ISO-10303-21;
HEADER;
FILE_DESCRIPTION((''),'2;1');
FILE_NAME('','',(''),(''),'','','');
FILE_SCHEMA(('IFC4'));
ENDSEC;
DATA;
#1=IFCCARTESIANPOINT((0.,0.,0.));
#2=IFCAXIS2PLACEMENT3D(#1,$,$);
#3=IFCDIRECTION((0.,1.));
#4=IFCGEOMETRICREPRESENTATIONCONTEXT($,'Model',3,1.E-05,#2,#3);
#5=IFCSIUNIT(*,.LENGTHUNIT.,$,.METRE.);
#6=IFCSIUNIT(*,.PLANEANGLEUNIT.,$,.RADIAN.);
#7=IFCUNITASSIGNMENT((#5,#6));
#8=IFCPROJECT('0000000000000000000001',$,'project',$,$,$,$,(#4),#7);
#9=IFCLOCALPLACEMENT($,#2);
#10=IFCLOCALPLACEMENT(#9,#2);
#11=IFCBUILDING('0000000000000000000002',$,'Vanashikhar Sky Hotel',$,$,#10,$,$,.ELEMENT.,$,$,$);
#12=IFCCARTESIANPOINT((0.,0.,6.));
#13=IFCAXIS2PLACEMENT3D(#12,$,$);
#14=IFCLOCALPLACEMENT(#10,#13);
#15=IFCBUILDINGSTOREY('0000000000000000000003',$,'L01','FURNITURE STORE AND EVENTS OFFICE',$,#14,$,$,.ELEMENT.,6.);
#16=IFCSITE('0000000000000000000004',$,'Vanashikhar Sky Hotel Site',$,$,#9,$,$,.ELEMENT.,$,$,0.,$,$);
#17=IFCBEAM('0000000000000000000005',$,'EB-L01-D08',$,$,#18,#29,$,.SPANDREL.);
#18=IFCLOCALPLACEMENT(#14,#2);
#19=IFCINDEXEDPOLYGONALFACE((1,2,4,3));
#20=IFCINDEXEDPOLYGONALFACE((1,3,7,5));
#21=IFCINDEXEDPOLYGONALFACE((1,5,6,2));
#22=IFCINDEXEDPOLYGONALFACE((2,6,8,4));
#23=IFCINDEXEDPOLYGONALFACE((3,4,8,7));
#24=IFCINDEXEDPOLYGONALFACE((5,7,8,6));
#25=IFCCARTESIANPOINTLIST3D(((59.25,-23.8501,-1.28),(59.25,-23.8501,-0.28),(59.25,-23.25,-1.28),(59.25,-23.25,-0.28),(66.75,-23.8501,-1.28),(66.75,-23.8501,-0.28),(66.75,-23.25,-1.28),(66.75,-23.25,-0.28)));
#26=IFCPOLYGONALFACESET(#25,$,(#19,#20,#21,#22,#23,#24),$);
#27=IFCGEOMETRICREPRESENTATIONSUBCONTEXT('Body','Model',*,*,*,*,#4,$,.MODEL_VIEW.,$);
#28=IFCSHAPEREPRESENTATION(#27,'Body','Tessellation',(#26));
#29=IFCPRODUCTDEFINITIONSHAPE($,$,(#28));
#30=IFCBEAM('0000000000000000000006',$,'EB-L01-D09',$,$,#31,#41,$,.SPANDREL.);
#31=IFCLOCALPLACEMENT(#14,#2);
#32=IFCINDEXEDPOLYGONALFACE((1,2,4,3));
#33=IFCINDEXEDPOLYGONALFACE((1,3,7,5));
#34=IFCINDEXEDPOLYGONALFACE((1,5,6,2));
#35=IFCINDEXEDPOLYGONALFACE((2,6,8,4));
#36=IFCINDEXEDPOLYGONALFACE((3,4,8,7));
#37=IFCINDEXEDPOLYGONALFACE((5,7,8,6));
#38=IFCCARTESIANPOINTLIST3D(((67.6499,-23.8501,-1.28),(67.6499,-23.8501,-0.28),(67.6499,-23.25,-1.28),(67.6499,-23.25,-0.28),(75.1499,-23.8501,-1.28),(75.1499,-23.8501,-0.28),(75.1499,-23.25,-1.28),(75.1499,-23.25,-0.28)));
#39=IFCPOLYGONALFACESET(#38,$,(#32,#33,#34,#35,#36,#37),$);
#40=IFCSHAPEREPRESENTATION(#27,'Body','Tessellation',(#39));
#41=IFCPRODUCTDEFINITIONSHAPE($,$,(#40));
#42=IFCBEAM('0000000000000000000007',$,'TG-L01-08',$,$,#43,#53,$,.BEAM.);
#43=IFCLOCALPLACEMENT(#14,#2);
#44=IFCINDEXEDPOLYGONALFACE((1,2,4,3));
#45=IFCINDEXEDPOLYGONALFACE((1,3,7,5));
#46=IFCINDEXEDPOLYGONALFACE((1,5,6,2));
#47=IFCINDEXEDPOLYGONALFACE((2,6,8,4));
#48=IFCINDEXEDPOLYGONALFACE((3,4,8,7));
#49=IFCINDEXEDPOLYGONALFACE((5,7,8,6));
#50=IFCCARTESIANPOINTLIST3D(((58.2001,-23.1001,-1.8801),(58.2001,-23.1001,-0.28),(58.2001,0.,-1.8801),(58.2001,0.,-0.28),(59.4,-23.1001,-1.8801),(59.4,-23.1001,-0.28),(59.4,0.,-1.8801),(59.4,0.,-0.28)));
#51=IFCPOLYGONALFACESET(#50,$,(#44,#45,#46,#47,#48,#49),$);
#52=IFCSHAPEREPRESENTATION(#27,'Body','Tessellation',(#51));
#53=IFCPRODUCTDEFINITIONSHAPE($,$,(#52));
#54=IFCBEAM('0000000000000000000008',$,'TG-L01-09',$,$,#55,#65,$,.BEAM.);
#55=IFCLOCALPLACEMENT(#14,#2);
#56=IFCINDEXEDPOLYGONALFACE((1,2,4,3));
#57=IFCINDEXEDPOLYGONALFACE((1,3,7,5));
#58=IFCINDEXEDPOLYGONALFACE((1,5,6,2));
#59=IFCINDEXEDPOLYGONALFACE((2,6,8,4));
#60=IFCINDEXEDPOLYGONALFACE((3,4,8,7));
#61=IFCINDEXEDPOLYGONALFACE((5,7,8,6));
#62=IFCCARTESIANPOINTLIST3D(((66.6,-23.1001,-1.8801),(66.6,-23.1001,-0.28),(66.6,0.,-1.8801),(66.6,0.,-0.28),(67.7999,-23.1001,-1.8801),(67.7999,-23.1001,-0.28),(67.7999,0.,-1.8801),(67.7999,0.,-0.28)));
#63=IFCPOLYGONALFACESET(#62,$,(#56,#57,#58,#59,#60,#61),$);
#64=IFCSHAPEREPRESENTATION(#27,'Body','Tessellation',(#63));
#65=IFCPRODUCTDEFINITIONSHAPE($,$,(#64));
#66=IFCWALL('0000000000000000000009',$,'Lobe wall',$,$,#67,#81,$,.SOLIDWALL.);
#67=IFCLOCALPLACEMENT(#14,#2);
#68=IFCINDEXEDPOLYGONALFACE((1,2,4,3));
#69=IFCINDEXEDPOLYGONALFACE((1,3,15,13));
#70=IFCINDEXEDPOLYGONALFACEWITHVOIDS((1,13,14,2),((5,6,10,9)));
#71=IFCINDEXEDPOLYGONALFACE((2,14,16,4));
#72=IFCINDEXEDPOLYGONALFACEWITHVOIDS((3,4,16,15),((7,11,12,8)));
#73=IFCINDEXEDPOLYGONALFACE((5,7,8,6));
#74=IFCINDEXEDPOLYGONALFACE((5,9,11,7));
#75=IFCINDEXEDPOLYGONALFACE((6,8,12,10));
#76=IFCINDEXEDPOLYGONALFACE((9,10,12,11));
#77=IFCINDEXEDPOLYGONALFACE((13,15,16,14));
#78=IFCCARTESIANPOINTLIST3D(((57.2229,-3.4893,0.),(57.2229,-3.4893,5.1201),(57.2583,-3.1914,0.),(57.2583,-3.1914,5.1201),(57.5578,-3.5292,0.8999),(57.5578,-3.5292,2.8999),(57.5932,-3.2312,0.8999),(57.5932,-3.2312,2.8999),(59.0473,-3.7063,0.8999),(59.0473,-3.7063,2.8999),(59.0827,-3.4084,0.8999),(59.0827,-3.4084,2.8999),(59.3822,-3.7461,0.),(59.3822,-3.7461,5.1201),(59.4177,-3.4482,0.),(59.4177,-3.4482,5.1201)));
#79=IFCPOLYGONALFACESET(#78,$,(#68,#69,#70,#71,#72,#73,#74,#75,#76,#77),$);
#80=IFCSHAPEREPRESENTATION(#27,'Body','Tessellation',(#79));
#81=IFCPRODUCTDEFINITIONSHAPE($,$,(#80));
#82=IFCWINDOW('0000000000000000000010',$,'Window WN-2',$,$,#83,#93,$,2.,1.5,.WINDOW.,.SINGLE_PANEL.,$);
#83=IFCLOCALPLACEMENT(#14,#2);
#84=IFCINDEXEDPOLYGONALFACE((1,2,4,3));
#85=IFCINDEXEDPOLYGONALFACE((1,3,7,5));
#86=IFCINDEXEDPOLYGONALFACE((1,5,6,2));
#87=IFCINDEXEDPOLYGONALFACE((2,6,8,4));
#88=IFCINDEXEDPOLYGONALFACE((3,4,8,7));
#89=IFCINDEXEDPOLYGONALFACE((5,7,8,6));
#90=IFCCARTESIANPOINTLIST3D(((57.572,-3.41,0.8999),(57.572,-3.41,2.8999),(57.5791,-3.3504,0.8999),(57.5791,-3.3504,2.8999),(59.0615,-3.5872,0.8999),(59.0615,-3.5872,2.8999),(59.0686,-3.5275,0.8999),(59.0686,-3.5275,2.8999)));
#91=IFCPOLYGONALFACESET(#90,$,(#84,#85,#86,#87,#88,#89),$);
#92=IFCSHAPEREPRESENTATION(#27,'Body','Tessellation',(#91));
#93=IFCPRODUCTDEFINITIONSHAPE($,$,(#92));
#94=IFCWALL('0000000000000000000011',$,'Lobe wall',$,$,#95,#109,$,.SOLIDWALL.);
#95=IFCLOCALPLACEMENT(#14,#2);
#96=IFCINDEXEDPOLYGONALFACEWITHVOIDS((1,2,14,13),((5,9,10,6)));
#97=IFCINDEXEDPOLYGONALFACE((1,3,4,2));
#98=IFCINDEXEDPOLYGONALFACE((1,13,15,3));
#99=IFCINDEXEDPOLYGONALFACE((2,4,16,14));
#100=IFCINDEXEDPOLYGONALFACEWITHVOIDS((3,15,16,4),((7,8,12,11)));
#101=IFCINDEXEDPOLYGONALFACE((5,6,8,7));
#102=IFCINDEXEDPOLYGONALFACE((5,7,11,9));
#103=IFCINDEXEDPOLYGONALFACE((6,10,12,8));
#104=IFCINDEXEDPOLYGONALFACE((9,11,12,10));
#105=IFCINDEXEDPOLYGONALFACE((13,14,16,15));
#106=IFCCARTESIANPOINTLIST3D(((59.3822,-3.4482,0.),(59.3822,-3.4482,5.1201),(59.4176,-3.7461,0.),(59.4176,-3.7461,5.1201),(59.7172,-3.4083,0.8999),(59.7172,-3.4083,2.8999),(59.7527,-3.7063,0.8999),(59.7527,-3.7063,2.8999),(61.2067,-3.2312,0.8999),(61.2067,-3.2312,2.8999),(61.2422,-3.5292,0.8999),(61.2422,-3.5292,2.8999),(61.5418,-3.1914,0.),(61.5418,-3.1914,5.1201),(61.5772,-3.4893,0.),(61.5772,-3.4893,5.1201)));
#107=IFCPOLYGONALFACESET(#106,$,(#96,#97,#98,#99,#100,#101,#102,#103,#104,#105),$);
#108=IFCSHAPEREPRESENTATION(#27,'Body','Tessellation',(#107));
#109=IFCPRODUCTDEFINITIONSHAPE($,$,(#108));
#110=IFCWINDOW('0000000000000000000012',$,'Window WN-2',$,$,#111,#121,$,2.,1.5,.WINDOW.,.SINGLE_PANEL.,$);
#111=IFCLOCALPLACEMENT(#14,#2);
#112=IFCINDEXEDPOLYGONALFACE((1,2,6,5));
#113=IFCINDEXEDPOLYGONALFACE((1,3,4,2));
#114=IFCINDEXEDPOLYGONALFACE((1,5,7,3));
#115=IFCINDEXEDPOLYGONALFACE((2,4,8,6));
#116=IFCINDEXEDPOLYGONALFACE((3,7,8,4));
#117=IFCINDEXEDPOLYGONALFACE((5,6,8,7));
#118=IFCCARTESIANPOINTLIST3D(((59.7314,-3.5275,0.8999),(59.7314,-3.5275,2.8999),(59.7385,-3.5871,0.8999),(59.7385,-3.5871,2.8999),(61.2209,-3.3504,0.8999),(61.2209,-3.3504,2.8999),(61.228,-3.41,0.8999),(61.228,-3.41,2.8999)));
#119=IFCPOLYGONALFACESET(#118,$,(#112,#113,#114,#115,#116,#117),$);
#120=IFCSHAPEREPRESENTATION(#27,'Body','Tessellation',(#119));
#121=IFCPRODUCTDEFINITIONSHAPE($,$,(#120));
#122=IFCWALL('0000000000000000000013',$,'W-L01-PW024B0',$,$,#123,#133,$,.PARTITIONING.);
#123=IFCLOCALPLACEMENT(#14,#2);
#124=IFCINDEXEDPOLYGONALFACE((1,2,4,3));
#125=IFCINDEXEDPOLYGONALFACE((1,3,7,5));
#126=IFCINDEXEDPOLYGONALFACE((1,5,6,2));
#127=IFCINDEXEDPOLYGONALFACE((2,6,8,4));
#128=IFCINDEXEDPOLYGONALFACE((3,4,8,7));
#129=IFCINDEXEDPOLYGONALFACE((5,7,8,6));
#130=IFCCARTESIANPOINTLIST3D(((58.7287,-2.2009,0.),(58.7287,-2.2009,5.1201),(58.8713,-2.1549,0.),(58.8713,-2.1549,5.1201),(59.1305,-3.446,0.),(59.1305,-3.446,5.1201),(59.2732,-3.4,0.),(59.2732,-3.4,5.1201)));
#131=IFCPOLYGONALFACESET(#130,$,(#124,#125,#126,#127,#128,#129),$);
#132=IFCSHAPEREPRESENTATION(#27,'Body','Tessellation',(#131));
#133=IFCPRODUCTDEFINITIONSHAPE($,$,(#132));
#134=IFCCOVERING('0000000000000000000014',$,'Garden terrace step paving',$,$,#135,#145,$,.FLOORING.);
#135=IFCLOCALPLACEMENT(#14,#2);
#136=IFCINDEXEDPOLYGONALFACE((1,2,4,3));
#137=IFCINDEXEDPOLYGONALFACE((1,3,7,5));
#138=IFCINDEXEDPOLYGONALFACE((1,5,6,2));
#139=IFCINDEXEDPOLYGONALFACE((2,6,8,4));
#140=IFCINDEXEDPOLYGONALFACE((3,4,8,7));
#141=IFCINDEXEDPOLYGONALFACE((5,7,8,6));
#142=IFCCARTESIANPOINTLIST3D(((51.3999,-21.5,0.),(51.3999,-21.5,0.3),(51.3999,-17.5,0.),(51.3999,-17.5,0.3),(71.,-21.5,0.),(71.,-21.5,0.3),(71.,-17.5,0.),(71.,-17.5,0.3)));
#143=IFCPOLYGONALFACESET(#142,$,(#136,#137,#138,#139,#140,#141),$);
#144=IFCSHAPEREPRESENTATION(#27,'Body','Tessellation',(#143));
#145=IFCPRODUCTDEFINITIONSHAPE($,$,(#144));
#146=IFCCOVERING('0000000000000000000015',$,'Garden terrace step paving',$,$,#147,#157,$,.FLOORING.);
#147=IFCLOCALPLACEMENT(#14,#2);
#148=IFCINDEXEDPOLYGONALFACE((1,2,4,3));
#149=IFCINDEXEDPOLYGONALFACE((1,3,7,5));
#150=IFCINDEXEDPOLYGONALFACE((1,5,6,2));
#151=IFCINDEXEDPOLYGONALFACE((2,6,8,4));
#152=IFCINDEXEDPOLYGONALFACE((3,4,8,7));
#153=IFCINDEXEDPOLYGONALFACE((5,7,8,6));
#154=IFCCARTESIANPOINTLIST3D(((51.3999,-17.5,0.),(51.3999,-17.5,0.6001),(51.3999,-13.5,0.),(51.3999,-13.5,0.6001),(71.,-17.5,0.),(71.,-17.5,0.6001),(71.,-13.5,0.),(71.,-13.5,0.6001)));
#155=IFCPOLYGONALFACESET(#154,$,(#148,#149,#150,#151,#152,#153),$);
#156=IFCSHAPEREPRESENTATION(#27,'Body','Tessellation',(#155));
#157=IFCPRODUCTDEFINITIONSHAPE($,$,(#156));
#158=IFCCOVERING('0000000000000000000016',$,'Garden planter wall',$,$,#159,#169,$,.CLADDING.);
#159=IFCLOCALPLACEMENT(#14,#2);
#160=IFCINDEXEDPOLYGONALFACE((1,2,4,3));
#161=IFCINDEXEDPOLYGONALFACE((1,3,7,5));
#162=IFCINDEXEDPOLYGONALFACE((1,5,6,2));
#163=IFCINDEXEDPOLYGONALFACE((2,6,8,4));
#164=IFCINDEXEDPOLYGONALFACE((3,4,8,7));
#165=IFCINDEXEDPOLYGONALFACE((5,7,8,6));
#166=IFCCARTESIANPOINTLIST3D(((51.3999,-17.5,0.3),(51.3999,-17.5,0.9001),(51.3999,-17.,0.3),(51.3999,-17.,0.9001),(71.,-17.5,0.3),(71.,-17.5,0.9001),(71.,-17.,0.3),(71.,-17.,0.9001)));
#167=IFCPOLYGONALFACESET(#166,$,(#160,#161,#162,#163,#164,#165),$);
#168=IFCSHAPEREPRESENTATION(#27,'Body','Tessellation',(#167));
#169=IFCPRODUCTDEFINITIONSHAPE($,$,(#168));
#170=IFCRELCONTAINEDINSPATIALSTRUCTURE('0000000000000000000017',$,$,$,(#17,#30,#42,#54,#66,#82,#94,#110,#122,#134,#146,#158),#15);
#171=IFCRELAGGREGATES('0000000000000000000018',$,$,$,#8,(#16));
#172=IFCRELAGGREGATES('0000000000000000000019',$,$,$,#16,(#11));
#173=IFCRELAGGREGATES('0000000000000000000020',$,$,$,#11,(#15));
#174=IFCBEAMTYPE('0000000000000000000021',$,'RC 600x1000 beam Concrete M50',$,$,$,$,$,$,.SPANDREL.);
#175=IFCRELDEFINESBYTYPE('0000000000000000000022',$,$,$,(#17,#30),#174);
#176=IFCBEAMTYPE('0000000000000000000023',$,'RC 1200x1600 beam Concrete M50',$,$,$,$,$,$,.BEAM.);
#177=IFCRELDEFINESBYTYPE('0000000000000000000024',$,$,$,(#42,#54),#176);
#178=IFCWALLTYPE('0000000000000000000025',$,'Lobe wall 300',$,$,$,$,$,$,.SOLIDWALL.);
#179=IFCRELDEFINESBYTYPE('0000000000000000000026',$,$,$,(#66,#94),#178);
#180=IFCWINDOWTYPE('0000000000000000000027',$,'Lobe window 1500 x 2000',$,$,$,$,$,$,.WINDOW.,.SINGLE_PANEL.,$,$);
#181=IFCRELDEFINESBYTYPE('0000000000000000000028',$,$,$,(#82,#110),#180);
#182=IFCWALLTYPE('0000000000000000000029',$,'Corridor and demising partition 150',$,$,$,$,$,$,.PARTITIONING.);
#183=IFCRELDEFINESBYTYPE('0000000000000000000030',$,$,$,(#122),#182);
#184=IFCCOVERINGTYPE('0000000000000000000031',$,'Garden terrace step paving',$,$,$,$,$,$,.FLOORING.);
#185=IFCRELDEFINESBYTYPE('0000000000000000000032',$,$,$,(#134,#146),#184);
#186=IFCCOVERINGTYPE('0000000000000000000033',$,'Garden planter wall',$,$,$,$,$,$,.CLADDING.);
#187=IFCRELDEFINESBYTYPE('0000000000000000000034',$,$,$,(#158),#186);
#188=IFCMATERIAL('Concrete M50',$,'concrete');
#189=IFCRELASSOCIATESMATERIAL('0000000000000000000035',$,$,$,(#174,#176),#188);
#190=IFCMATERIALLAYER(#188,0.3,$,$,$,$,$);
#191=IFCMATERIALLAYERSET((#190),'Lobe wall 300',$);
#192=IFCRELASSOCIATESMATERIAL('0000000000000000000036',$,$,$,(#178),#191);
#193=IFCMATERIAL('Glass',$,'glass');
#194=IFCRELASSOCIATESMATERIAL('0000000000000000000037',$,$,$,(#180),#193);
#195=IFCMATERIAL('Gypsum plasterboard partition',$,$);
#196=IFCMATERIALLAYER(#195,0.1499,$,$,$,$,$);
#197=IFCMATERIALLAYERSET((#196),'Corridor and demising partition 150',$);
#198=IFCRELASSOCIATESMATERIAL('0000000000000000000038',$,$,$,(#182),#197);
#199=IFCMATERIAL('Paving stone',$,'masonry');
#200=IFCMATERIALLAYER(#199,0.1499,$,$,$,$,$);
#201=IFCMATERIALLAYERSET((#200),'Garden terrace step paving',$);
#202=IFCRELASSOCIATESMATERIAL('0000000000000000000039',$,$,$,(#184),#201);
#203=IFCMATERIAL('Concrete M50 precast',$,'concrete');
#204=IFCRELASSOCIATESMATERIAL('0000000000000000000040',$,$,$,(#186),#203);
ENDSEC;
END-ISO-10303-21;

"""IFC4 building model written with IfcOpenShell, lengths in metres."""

from ifc_helpers import new_model, si_unit, direction, frame, frame_2d, origin, origin_2d, place, context, subcontext, project, spatial, rectangle, extrude, source, transform, mapped, material, layer, layer_set, material_profile, profile_set, type_object, element, fill, save


model = new_model("IFC4")

# Units and contexts
model_context = context("Model", 3, precision=1e-05, world=origin(), true_north=direction((0.0, 1.0)))
body_context = subcontext(model_context, "Body", "Model", "MODEL_VIEW")
ifc_project = project(units=[si_unit("LENGTHUNIT", "METRE"), si_unit("PLANEANGLEUNIT", "RADIAN")], contexts=[model_context])

# Site, building, storey
site_placement = place(None, origin())
site = spatial("IfcSite", under=ifc_project, at=site_placement, Name="Vanashikhar Sky Hotel Site", CompositionType="ELEMENT", RefElevation=0.0)
building_placement = place(site_placement, origin())
building = spatial("IfcBuilding", under=site, at=building_placement, Name="Vanashikhar Sky Hotel", CompositionType="ELEMENT")
storey_placement = place(building_placement, frame((0.0, 0.0, 6.0)))
storey = spatial("IfcBuildingStorey", under=building, at=storey_placement, Name="L01", Description="FURNITURE STORE AND EVENTS OFFICE", CompositionType="ELEMENT", Elevation=6.0)

# Beams
ifc_material_1 = material(Name="Concrete M50", Category="concrete")
ifc_material_profile_1 = material_profile(ifc_material_1, rectangle(XDim=0.6001, YDim=1.0, at=origin_2d()))
ifc_profile_set_1 = profile_set([ifc_material_profile_1], Name="RC 600x1000 beam Concrete M50")
beam_type_1 = type_object("IfcBeamType", Name="RC 600x1000 beam Concrete M50", PredefinedType="SPANDREL", material=ifc_profile_set_1)
shared_shape_1 = source(origin(), body_context, "Body", "SweptSolid", [
    extrude(rectangle(XDim=0.6001, YDim=1.0, at=origin_2d()), origin(), (0.0, 0.0, 1.0), 7.5),
])
for number, where, z_axis, x_axis, name in (
    (1, (59.25, -23.55, -0.78), (1.0, 0.0, 0.0), (0.0, 1.0, 0.0), "EB-L01-D08"),
    (2, (67.6499, -23.55, -0.78), (1.0, 0.0, 0.0), (0.0, 1.0, 0.0), "EB-L01-D09"),
):
    element("IfcBeam", number, at=place(storey_placement, frame(where, z_axis=z_axis, x_axis=x_axis)), inside=storey, type_object=beam_type_1, Name=name, PredefinedType="SPANDREL", context=body_context, shape_type="MappedRepresentation", body=[
        mapped(shared_shape_1, transform((0.0, 0.0, 0.0), scale=1.0)),
    ])
ifc_material_profile_2 = material_profile(ifc_material_1, rectangle(XDim=1.2, YDim=1.6001, at=origin_2d()))
ifc_profile_set_2 = profile_set([ifc_material_profile_2], Name="RC 1200x1600 beam Concrete M50")
beam_type_2 = type_object("IfcBeamType", Name="RC 1200x1600 beam Concrete M50", PredefinedType="BEAM", material=ifc_profile_set_2)
shared_shape_2 = source(origin(), body_context, "Body", "SweptSolid", [
    extrude(rectangle(XDim=1.2, YDim=1.6001, at=origin_2d()), origin(), (0.0, 0.0, 1.0), 23.1001),
])
for number, where, z_axis, x_axis, name in (
    (3, (58.8, -23.1001, -1.0801), (0.0, 1.0, 0.0), (-1.0, 0.0, 0.0), "TG-L01-08"),
    (4, (67.2, -23.1001, -1.0801), (0.0, 1.0, 0.0), (-1.0, 0.0, 0.0), "TG-L01-09"),
):
    element("IfcBeam", number, at=place(storey_placement, frame(where, z_axis=z_axis, x_axis=x_axis)), inside=storey, type_object=beam_type_2, Name=name, PredefinedType="BEAM", context=body_context, shape_type="MappedRepresentation", body=[
        mapped(shared_shape_2, transform((0.0, 0.0, 0.0), scale=1.0)),
    ])

# Walls, openings, windows
ifc_layer_1 = layer(ifc_material_1, 0.3)
ifc_layer_set_1 = layer_set([ifc_layer_1], Name="Lobe wall 300")
wall_type_1 = type_object("IfcWallType", Name="Lobe wall 300", PredefinedType="SOLIDWALL", material=ifc_layer_set_1)
shared_shape_3 = source(origin(), body_context, "Body", "SweptSolid", [
    extrude(rectangle(XDim=2.1746, YDim=0.3, at=frame_2d((1.0874, 0.0))), origin(), (0.0, 0.0, 1.0), 5.1201),
])
wall_1_placement = place(storey_placement, frame((57.2405, -3.3403, 0.0), z_axis=(0.0, 0.0, 1.0), x_axis=(0.993001, -0.118105, 0.0)))
wall_1 = element("IfcWall", 5, at=wall_1_placement, inside=storey, type_object=wall_type_1, Name="Lobe wall", PredefinedType="SOLIDWALL", context=body_context, shape_type="MappedRepresentation", body=[
    mapped(shared_shape_3, transform((0.0, 0.0, 0.0), scale=1.0)),
])
shared_shape_4 = source(origin(), body_context, "Body", "SweptSolid", [
    extrude(rectangle(XDim=1.5, YDim=2.0, at=frame_2d((0.75, 1.0))), frame((0.0, 0.1602, 0.0), z_axis=(0.0, -1.0, 0.0), x_axis=(1.0, 0.0, 0.0)), (0.0, 0.0, 1.0), 0.3201),
])
opening_1_placement = place(wall_1_placement, frame((0.3374, 0.0, 0.8999)))
opening_1 = element("IfcOpeningElement", 6, at=opening_1_placement, cuts=wall_1, PredefinedType="OPENING", context=body_context, shape_type="MappedRepresentation", body=[
    mapped(shared_shape_4, transform((0.0, 0.0, 0.0), scale=1.0)),
])
ifc_material_2 = material(Name="Glass", Category="glass")
window_type = type_object("IfcWindowType", Name="Lobe window 1500 x 2000", PartitioningType="SINGLE_PANEL", PredefinedType="WINDOW", material=ifc_material_2)
shared_shape_5 = source(origin(), body_context, "Body", "SweptSolid", [
    extrude(rectangle(XDim=1.5, YDim=2.0, at=frame_2d((0.75, 1.0))), frame((0.0, 0.03, 0.0), z_axis=(0.0, -1.0, 0.0), x_axis=(1.0, 0.0, 0.0)), (0.0, 0.0, 1.0), 0.0601),
])
window_1_placement = place(opening_1_placement, origin())
window_1 = element("IfcWindow", 7, at=window_1_placement, inside=storey, type_object=window_type, Name="Window WN-2", OverallHeight=2.0, OverallWidth=1.5, PartitioningType="SINGLE_PANEL", PredefinedType="WINDOW", context=body_context, shape_type="MappedRepresentation", body=[
    mapped(shared_shape_5, transform((0.0, 0.0, 0.0), scale=1.0)),
])
fill(opening_1, window_1)
shared_shape_6 = source(origin(), body_context, "Body", "SweptSolid", [
    extrude(rectangle(XDim=2.1748, YDim=0.3, at=frame_2d((1.0874, 0.0))), origin(), (0.0, 0.0, 1.0), 5.1201),
])
wall_2_placement = place(storey_placement, frame((59.3999, -3.5972, 0.0), z_axis=(0.0, 0.0, 1.0), x_axis=(0.993003, 0.118092, 0.0)))
wall_2 = element("IfcWall", 8, at=wall_2_placement, inside=storey, type_object=wall_type_1, Name="Lobe wall", PredefinedType="SOLIDWALL", context=body_context, shape_type="MappedRepresentation", body=[
    mapped(shared_shape_6, transform((0.0, 0.0, 0.0), scale=1.0)),
])
opening_2_placement = place(wall_2_placement, frame((0.3374, 0.0, 0.8999)))
opening_2 = element("IfcOpeningElement", 9, at=opening_2_placement, cuts=wall_2, PredefinedType="OPENING", context=body_context, shape_type="MappedRepresentation", body=[
    mapped(shared_shape_4, transform((0.0, 0.0, 0.0), scale=1.0)),
])
window_2_placement = place(opening_2_placement, origin())
window_2 = element("IfcWindow", 10, at=window_2_placement, inside=storey, type_object=window_type, Name="Window WN-2", OverallHeight=2.0, OverallWidth=1.5, PartitioningType="SINGLE_PANEL", PredefinedType="WINDOW", context=body_context, shape_type="MappedRepresentation", body=[
    mapped(shared_shape_5, transform((0.0, 0.0, 0.0), scale=1.0)),
])
fill(opening_2, window_2)

# Wall
ifc_material_3 = material(Name="Gypsum plasterboard partition")
ifc_layer_2 = layer(ifc_material_3, 0.1499)
ifc_layer_set_2 = layer_set([ifc_layer_2], Name="Corridor and demising partition 150")
wall_type_2 = type_object("IfcWallType", Name="Corridor and demising partition 150", PredefinedType="PARTITIONING", material=ifc_layer_set_2)
shared_shape_7 = source(origin(), body_context, "Body", "SweptSolid", [
    extrude(rectangle(XDim=1.3083, YDim=0.1499, at=frame_2d((0.6543, 0.0))), origin(), (0.0, 0.0, 1.0), 5.1201),
])
wall_3_placement = place(storey_placement, frame((59.2019, -3.4231, 0.0), z_axis=(0.0, 0.0, 1.0), x_axis=(-0.307145, 0.951663, 0.0)))
element("IfcWall", 11, at=wall_3_placement, inside=storey, type_object=wall_type_2, Name="W-L01-PW024B0", PredefinedType="PARTITIONING", context=body_context, shape_type="MappedRepresentation", body=[
    mapped(shared_shape_7, transform((0.0, 0.0, 0.0), scale=1.0)),
])

# Coverings
ifc_material_4 = material(Name="Paving stone", Category="masonry")
ifc_layer_3 = layer(ifc_material_4, 0.1499)
ifc_layer_set_3 = layer_set([ifc_layer_3], Name="Garden terrace step paving")
covering_type_1 = type_object("IfcCoveringType", Name="Garden terrace step paving", PredefinedType="FLOORING", material=ifc_layer_set_3)
shared_shape_8 = source(origin(), body_context, "Body", "SweptSolid", [
    extrude(rectangle(XDim=19.6001, YDim=4.0, at=origin_2d()), origin(), (0.0, 0.0, 1.0), 0.3),
])
covering_1_placement = place(storey_placement, frame((61.2, -19.5, 0.0), z_axis=(0.0, 0.0, 1.0), x_axis=(1.0, 0.0, 0.0)))
element("IfcCovering", 12, at=covering_1_placement, inside=storey, type_object=covering_type_1, Name="Garden terrace step paving", PredefinedType="FLOORING", context=body_context, shape_type="MappedRepresentation", body=[
    mapped(shared_shape_8, transform((0.0, 0.0, 0.0), scale=1.0)),
])
shared_shape_9 = source(origin(), body_context, "Body", "SweptSolid", [
    extrude(rectangle(XDim=19.6001, YDim=4.0, at=origin_2d()), origin(), (0.0, 0.0, 1.0), 0.6001),
])
covering_2_placement = place(storey_placement, frame((61.2, -15.5, 0.0), z_axis=(0.0, 0.0, 1.0), x_axis=(1.0, 0.0, 0.0)))
element("IfcCovering", 13, at=covering_2_placement, inside=storey, type_object=covering_type_1, Name="Garden terrace step paving", PredefinedType="FLOORING", context=body_context, shape_type="MappedRepresentation", body=[
    mapped(shared_shape_9, transform((0.0, 0.0, 0.0), scale=1.0)),
])
ifc_material_5 = material(Name="Concrete M50 precast", Category="concrete")
covering_type_2 = type_object("IfcCoveringType", Name="Garden planter wall", PredefinedType="CLADDING", material=ifc_material_5)
shared_shape_10 = source(origin(), body_context, "Body", "SweptSolid", [
    extrude(rectangle(XDim=19.6001, YDim=0.5, at=origin_2d()), origin(), (0.0, 0.0, 1.0), 0.6001),
])
covering_3_placement = place(storey_placement, frame((61.2, -17.25, 0.3), z_axis=(0.0, 0.0, 1.0), x_axis=(1.0, 0.0, 0.0)))
element("IfcCovering", 14, at=covering_3_placement, inside=storey, type_object=covering_type_2, Name="Garden planter wall", PredefinedType="CLADDING", context=body_context, shape_type="MappedRepresentation", body=[
    mapped(shared_shape_10, transform((0.0, 0.0, 0.0), scale=1.0)),
])

save(model, "model.ifc")
